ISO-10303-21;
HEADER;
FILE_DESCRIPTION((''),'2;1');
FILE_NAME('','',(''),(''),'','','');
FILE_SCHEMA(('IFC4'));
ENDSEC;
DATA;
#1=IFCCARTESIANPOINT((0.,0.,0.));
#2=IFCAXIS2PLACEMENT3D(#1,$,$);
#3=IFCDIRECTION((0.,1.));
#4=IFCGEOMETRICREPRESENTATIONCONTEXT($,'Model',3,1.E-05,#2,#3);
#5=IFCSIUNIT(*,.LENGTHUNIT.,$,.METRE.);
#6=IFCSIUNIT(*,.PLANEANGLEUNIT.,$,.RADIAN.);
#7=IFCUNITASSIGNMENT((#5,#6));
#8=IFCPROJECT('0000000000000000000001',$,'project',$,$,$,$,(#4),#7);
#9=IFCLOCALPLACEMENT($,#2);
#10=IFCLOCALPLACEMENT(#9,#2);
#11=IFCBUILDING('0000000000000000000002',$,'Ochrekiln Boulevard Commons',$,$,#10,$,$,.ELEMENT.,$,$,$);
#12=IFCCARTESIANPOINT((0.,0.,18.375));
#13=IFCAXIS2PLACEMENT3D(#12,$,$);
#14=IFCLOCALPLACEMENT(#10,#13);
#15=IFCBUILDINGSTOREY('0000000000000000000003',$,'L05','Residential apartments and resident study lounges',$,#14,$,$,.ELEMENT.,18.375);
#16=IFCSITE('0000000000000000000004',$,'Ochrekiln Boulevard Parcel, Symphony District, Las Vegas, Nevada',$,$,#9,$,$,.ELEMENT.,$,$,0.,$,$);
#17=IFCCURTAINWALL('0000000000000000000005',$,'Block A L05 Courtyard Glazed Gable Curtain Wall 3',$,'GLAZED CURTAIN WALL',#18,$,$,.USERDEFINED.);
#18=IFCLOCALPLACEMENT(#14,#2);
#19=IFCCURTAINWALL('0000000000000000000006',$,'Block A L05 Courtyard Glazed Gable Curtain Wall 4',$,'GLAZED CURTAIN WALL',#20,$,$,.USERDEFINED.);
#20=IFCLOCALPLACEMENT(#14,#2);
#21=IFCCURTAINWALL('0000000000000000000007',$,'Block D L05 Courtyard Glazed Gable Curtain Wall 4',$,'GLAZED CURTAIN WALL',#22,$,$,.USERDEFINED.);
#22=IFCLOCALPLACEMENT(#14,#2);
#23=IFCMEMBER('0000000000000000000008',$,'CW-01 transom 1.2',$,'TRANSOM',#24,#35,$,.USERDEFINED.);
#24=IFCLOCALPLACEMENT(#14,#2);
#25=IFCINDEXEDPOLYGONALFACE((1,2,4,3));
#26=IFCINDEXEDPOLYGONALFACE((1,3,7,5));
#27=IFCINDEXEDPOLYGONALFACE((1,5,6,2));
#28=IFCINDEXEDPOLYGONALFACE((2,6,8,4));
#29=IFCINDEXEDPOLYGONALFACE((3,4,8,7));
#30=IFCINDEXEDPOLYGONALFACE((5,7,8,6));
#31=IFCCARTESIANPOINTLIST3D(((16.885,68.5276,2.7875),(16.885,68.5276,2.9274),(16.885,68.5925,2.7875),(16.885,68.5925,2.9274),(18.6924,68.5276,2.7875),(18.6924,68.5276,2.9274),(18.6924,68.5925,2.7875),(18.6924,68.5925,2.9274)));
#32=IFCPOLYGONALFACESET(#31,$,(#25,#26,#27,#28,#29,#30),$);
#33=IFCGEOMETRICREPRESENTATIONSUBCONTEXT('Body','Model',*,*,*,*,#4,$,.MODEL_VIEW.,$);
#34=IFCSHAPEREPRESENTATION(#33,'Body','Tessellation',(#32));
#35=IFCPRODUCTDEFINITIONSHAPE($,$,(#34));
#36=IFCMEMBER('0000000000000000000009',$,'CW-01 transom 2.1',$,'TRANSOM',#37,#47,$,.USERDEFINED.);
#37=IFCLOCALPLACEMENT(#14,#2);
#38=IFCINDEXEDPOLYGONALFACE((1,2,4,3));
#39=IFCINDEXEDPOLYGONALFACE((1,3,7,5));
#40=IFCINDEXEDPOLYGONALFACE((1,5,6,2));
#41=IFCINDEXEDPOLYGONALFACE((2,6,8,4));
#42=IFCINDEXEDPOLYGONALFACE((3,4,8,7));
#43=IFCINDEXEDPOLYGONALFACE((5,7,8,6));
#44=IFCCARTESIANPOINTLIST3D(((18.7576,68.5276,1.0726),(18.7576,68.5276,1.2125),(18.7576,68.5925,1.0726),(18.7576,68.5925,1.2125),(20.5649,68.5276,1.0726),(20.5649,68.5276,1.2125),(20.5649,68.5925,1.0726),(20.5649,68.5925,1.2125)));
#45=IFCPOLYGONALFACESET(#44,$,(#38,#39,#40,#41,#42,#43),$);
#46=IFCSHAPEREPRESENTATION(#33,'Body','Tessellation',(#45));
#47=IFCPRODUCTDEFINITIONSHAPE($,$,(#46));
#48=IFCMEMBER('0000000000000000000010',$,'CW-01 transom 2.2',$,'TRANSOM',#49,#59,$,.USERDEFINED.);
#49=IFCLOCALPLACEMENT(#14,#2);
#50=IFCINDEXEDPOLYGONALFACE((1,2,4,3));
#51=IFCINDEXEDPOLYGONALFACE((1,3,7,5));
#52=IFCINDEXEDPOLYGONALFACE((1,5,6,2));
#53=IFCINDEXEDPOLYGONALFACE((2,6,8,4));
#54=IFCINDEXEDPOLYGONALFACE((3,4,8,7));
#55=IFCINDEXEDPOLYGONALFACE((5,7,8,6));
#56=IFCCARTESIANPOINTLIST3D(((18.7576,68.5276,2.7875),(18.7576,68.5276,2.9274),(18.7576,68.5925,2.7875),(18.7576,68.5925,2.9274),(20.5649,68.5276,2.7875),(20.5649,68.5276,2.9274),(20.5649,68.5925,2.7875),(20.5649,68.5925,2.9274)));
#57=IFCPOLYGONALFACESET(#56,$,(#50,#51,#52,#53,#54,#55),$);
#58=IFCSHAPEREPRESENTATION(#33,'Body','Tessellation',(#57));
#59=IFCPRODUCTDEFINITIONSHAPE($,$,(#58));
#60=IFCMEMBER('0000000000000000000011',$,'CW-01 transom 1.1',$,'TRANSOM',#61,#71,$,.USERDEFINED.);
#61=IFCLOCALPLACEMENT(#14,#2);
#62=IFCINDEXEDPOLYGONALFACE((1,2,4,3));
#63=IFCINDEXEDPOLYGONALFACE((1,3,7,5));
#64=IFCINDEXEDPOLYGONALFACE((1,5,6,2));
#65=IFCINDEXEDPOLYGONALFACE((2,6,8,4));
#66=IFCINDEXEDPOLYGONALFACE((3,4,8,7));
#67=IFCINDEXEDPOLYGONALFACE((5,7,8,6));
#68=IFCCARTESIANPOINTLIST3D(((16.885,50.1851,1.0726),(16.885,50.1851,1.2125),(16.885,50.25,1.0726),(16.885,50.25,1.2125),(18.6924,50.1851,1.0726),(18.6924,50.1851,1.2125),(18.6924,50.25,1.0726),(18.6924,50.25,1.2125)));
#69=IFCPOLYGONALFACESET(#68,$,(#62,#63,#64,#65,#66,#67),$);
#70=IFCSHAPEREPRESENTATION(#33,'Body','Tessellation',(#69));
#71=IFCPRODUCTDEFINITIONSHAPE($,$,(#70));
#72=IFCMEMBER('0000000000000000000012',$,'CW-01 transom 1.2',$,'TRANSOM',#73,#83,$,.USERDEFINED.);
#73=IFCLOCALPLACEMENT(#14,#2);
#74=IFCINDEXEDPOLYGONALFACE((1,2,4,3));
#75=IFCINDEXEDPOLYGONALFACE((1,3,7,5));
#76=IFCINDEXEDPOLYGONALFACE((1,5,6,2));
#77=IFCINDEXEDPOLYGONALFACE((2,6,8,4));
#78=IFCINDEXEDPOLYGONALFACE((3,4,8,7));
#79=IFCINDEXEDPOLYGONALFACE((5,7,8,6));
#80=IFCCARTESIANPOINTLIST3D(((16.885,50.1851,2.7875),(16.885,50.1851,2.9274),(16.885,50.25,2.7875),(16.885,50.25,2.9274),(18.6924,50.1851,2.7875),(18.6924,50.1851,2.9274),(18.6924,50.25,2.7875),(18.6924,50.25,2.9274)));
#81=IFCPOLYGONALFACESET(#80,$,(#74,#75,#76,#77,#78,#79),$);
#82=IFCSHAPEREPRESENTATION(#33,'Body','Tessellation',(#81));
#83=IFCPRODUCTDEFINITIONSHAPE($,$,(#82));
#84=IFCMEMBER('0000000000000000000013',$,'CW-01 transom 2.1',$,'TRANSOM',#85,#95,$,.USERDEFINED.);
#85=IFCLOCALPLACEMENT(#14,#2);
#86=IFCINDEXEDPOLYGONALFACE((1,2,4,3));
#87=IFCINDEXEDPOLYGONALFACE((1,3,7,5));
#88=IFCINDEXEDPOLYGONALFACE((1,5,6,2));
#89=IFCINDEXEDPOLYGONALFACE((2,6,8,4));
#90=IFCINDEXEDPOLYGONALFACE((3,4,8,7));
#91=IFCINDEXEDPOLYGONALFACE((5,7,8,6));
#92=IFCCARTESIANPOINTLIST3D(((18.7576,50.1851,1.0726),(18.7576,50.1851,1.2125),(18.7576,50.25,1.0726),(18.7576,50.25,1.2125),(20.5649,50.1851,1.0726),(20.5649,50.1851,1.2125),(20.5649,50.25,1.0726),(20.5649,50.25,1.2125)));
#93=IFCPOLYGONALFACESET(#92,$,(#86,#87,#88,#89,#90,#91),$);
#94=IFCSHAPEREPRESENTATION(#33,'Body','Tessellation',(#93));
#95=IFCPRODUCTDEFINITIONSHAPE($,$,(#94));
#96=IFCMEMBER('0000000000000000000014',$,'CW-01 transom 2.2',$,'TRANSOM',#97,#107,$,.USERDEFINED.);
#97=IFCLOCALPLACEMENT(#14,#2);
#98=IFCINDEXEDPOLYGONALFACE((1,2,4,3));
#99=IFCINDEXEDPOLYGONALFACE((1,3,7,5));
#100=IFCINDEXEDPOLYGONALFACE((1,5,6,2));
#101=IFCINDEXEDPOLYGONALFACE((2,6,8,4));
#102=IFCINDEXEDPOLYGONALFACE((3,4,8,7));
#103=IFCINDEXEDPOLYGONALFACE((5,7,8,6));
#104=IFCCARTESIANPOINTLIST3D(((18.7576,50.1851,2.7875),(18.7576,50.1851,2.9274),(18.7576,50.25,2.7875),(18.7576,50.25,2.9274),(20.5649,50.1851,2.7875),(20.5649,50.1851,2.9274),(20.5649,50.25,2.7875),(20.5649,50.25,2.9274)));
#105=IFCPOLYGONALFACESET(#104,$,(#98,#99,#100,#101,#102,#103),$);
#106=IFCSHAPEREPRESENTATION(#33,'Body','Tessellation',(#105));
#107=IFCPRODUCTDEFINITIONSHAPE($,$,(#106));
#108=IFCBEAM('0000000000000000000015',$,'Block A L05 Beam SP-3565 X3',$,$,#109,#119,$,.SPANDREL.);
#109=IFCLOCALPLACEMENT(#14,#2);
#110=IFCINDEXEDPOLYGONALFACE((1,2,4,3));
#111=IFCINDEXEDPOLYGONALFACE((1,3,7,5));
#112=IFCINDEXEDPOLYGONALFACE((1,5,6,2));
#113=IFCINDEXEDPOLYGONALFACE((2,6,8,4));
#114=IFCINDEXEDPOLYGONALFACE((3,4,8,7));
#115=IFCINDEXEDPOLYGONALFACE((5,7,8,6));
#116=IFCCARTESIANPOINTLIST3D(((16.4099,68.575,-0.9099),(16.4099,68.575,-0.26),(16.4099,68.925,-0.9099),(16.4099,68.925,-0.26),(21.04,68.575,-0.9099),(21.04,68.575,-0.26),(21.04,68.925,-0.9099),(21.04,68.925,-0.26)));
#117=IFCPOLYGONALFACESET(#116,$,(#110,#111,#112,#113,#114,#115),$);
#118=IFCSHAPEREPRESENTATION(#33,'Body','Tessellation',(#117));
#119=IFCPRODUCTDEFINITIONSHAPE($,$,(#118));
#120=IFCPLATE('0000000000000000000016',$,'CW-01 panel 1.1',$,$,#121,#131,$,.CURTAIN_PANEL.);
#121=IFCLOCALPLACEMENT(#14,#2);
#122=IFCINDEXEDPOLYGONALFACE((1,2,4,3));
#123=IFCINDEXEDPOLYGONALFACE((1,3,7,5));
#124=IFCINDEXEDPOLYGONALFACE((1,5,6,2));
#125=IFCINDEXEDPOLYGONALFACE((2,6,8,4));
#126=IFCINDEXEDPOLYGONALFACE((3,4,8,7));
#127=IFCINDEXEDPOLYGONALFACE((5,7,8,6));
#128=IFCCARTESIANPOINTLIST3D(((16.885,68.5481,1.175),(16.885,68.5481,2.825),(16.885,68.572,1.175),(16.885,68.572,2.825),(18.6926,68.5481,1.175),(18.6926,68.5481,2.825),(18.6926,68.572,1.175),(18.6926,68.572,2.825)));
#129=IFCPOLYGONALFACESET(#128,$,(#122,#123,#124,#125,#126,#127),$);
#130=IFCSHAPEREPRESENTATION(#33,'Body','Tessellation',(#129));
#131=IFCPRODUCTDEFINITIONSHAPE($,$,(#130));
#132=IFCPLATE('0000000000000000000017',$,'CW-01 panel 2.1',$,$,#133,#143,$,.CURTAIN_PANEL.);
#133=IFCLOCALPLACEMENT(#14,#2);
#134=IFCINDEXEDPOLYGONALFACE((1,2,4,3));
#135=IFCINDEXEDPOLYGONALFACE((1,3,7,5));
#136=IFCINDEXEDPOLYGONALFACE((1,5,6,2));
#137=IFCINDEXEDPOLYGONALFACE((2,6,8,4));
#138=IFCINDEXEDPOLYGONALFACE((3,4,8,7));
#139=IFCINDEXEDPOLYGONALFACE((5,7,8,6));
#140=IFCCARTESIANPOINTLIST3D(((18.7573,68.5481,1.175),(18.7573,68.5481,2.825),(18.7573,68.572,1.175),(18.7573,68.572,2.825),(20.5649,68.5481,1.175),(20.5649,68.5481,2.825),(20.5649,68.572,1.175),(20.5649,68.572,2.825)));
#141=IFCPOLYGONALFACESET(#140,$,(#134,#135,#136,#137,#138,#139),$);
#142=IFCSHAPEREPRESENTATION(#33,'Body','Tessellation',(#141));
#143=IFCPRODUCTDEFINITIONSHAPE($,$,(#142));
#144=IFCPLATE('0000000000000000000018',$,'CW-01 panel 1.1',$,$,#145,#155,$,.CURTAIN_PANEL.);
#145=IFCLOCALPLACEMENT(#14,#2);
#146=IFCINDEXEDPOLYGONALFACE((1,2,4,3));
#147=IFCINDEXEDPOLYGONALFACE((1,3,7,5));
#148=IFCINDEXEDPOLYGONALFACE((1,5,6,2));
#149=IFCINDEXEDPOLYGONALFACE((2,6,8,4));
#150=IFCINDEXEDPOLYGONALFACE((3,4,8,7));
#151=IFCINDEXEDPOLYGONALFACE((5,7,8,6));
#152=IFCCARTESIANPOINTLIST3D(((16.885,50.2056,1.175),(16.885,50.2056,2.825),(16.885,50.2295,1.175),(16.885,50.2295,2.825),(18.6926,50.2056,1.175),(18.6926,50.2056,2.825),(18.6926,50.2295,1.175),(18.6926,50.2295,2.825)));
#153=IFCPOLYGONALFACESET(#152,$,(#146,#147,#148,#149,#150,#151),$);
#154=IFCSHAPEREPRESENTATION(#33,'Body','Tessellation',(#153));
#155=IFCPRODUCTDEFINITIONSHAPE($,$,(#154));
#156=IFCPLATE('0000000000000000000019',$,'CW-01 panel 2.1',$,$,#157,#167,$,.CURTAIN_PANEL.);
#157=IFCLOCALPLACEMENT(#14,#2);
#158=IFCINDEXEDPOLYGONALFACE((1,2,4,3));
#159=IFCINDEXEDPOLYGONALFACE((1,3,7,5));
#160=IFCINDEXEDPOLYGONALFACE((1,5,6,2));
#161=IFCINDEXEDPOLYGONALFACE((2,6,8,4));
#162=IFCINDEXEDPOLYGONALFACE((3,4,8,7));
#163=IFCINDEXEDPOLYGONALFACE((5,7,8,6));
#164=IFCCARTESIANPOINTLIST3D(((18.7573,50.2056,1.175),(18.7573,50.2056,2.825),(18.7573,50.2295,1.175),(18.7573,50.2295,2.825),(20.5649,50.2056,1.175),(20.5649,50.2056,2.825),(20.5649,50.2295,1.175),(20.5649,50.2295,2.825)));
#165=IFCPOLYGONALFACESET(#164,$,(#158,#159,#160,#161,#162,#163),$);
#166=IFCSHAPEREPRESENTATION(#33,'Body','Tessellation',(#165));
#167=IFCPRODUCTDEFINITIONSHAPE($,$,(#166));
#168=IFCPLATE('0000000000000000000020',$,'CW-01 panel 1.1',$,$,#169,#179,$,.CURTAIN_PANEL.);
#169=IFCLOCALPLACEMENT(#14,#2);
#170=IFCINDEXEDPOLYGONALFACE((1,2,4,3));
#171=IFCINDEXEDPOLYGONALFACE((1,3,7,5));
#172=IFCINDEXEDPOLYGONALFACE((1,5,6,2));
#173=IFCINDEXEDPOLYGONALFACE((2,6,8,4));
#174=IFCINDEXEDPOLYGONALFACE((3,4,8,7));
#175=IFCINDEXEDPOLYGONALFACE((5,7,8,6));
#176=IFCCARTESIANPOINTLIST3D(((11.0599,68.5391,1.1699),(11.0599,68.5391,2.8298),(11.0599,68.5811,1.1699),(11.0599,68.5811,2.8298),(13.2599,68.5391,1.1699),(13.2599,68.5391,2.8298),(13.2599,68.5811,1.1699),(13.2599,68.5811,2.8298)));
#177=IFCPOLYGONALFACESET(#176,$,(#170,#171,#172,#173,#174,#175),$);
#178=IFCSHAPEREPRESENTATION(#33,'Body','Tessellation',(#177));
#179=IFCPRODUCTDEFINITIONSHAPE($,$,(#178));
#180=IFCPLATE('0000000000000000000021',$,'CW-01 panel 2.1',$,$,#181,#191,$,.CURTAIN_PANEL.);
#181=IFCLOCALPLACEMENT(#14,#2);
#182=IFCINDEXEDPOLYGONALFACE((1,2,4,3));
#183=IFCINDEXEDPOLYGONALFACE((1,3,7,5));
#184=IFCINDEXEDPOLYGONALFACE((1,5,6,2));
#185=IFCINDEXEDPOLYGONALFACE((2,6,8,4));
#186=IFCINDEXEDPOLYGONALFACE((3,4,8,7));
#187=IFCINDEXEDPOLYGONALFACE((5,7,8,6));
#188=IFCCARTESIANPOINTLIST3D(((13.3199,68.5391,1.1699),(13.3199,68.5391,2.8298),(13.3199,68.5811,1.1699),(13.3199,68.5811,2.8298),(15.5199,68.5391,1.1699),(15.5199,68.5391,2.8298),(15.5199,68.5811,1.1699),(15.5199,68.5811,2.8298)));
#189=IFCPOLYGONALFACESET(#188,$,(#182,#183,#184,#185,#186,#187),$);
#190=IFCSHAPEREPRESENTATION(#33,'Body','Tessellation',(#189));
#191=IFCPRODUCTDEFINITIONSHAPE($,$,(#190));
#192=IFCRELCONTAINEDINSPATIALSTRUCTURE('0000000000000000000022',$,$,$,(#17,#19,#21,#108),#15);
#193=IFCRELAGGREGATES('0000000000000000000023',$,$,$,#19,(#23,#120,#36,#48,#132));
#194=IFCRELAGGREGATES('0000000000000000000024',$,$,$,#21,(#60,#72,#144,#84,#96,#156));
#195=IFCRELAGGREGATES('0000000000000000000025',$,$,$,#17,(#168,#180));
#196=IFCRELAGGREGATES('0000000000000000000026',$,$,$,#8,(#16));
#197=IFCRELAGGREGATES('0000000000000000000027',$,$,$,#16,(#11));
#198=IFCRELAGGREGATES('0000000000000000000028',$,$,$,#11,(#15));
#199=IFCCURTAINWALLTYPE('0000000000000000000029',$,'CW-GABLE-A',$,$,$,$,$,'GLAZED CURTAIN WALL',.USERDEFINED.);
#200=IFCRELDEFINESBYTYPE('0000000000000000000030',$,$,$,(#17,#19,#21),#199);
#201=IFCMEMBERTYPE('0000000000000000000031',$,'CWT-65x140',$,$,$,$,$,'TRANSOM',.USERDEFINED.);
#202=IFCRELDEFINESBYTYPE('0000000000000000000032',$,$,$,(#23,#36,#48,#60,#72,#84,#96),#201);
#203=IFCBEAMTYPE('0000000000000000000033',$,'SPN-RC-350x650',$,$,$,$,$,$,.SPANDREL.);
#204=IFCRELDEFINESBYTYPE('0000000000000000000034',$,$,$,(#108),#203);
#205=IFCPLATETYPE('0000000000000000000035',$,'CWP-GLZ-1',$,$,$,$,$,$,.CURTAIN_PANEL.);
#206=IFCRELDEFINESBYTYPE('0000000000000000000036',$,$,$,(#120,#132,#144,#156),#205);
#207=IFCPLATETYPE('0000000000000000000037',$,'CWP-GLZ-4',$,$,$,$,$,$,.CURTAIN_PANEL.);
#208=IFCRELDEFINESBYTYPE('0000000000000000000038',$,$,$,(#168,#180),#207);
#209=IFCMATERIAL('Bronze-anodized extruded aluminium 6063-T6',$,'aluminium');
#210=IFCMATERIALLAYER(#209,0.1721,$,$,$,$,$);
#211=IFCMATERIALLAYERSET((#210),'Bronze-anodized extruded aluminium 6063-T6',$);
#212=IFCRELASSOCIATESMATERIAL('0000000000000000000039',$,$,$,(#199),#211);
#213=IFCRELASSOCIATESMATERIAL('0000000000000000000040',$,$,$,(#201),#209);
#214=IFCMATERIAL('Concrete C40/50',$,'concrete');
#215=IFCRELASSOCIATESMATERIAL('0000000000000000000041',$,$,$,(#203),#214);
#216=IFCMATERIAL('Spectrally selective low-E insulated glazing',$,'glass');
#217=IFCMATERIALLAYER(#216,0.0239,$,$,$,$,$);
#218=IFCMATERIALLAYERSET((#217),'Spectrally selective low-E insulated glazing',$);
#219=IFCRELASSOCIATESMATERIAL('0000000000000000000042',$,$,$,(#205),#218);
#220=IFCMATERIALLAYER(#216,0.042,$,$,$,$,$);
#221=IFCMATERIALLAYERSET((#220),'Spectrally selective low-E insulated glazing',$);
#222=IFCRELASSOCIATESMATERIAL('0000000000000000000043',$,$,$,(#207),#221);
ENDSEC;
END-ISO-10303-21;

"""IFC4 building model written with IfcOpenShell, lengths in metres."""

from ifc_helpers import new_model, si_unit, direction, frame, origin, origin_2d, place, context, subcontext, project, spatial, rectangle, extrude, material, layer, layer_set, material_profile, profile_set, type_object, element, aggregate, save


model = new_model("IFC4")

# Units and contexts
model_context = context("Model", 3, precision=1e-05, world=origin(), true_north=direction((0.0, 1.0)))
body_context = subcontext(model_context, "Body", "Model", "MODEL_VIEW")
ifc_project = project(units=[si_unit("LENGTHUNIT", "METRE"), si_unit("PLANEANGLEUNIT", "RADIAN")], contexts=[model_context])

# Site, building, storey
site_placement = place(None, origin())
site = spatial("IfcSite", under=ifc_project, at=site_placement, Name="Ochrekiln Boulevard Parcel, Symphony District, Las Vegas, Nevada", CompositionType="ELEMENT", RefElevation=0.0)
building_placement = place(site_placement, origin())
building = spatial("IfcBuilding", under=site, at=building_placement, Name="Ochrekiln Boulevard Commons", CompositionType="ELEMENT")
storey_placement = place(building_placement, frame((0.0, 0.0, 18.375)))
storey = spatial("IfcBuildingStorey", under=building, at=storey_placement, Name="L05", Description="Residential apartments and resident study lounges", CompositionType="ELEMENT", Elevation=18.375)

# Shared definitions
ifc_material_1 = material(Name="Concrete C40/50", Category="concrete")

# Curtain walls
ifc_material_2 = material(Name="Bronze-anodized extruded aluminium 6063-T6", Category="aluminium")
ifc_layer_1 = layer(ifc_material_2, 0.1721)
ifc_layer_set_1 = layer_set([ifc_layer_1], Name="Bronze-anodized extruded aluminium 6063-T6")
curtain_wall_type = type_object("IfcCurtainWallType", Name="CW-GABLE-A", ElementType="GLAZED CURTAIN WALL", PredefinedType="USERDEFINED", material=ifc_layer_set_1)
curtain_wall_1_placement = place(storey_placement, origin())
curtain_wall_1 = element("IfcCurtainWall", 1, at=curtain_wall_1_placement, inside=storey, type_object=curtain_wall_type, Name="Block A L05 Courtyard Glazed Gable Curtain Wall 3", ObjectType="GLAZED CURTAIN WALL", PredefinedType="USERDEFINED")
curtain_wall_2_placement = place(storey_placement, origin())
curtain_wall_2 = element("IfcCurtainWall", 2, at=curtain_wall_2_placement, inside=storey, type_object=curtain_wall_type, Name="Block A L05 Courtyard Glazed Gable Curtain Wall 4", ObjectType="GLAZED CURTAIN WALL", PredefinedType="USERDEFINED")

# Curtain wall
curtain_wall_3_placement = place(storey_placement, origin())
curtain_wall_3 = element("IfcCurtainWall", 3, at=curtain_wall_3_placement, inside=storey, type_object=curtain_wall_type, Name="Block D L05 Courtyard Glazed Gable Curtain Wall 4", ObjectType="GLAZED CURTAIN WALL", PredefinedType="USERDEFINED")

# Members
ifc_material_profile_1 = material_profile(ifc_material_2, rectangle(XDim=0.0649, YDim=0.1399, at=origin_2d()), Name="ALU-TRN-65x140")
ifc_profile_set_1 = profile_set([ifc_material_profile_1], Name="Bronze-anodized extruded aluminium 6063-T6")
member_type_1 = type_object("IfcMemberType", Name="CWT-65x140", ElementType="TRANSOM", PredefinedType="USERDEFINED", material=ifc_profile_set_1)
member_1_placement = place(storey_placement, frame((16.885, 68.5601, 2.8574), z_axis=(1.0, 0.0, 0.0), x_axis=(0.0, 1.0, 0.0)))
member_1 = element("IfcMember", 4, at=member_1_placement, type_object=member_type_1, Name="CW-01 transom 1.2", ObjectType="TRANSOM", PredefinedType="USERDEFINED", context=body_context, shape_type="SweptSolid", body=[
    extrude(rectangle(XDim=0.0649, YDim=0.1399, at=origin_2d()), origin(), (0.0, 0.0, 1.0), 1.8074),
])
member_2_placement = place(storey_placement, frame((18.7576, 68.5601, 1.1426), z_axis=(1.0, 0.0, 0.0), x_axis=(0.0, 1.0, 0.0)))
member_2 = element("IfcMember", 5, at=member_2_placement, type_object=member_type_1, Name="CW-01 transom 2.1", ObjectType="TRANSOM", PredefinedType="USERDEFINED", context=body_context, shape_type="SweptSolid", body=[
    extrude(rectangle(XDim=0.0649, YDim=0.1399, at=origin_2d()), origin(), (0.0, 0.0, 1.0), 1.8074),
])
member_3_placement = place(storey_placement, frame((18.7576, 68.5601, 2.8574), z_axis=(1.0, 0.0, 0.0), x_axis=(0.0, 1.0, 0.0)))
member_3 = element("IfcMember", 6, at=member_3_placement, type_object=member_type_1, Name="CW-01 transom 2.2", ObjectType="TRANSOM", PredefinedType="USERDEFINED", context=body_context, shape_type="SweptSolid", body=[
    extrude(rectangle(XDim=0.0649, YDim=0.1399, at=origin_2d()), origin(), (0.0, 0.0, 1.0), 1.8074),
])
member_4_placement = place(storey_placement, frame((16.885, 50.2175, 1.1426), z_axis=(1.0, 0.0, 0.0), x_axis=(0.0, 1.0, 0.0)))
member_4 = element("IfcMember", 7, at=member_4_placement, type_object=member_type_1, Name="CW-01 transom 1.1", ObjectType="TRANSOM", PredefinedType="USERDEFINED", context=body_context, shape_type="SweptSolid", body=[
    extrude(rectangle(XDim=0.0649, YDim=0.1399, at=origin_2d()), origin(), (0.0, 0.0, 1.0), 1.8074),
])
member_5_placement = place(storey_placement, frame((16.885, 50.2175, 2.8574), z_axis=(1.0, 0.0, 0.0), x_axis=(0.0, 1.0, 0.0)))
member_5 = element("IfcMember", 8, at=member_5_placement, type_object=member_type_1, Name="CW-01 transom 1.2", ObjectType="TRANSOM", PredefinedType="USERDEFINED", context=body_context, shape_type="SweptSolid", body=[
    extrude(rectangle(XDim=0.0649, YDim=0.1399, at=origin_2d()), origin(), (0.0, 0.0, 1.0), 1.8074),
])
member_6_placement = place(storey_placement, frame((18.7576, 50.2175, 1.1426), z_axis=(1.0, 0.0, 0.0), x_axis=(0.0, 1.0, 0.0)))
member_6 = element("IfcMember", 9, at=member_6_placement, type_object=member_type_1, Name="CW-01 transom 2.1", ObjectType="TRANSOM", PredefinedType="USERDEFINED", context=body_context, shape_type="SweptSolid", body=[
    extrude(rectangle(XDim=0.0649, YDim=0.1399, at=origin_2d()), origin(), (0.0, 0.0, 1.0), 1.8074),
])
member_7_placement = place(storey_placement, frame((18.7576, 50.2175, 2.8574), z_axis=(1.0, 0.0, 0.0), x_axis=(0.0, 1.0, 0.0)))
member_7 = element("IfcMember", 10, at=member_7_placement, type_object=member_type_1, Name="CW-01 transom 2.2", ObjectType="TRANSOM", PredefinedType="USERDEFINED", context=body_context, shape_type="SweptSolid", body=[
    extrude(rectangle(XDim=0.0649, YDim=0.1399, at=origin_2d()), origin(), (0.0, 0.0, 1.0), 1.8074),
])

# Beam
ifc_material_profile_2 = material_profile(ifc_material_1, rectangle(XDim=0.3501, YDim=0.6499, at=origin_2d()), Name="RC-SPN-350x650")
ifc_profile_set_2 = profile_set([ifc_material_profile_2], Name="Concrete C40/50")
beam_type = type_object("IfcBeamType", Name="SPN-RC-350x650", PredefinedType="SPANDREL", material=ifc_profile_set_2)
beam_placement = place(storey_placement, frame((16.4099, 68.75, -0.585), z_axis=(1.0, 0.0, 0.0), x_axis=(0.0, 1.0, 0.0)))
element("IfcBeam", 11, at=beam_placement, inside=storey, type_object=beam_type, Name="Block A L05 Beam SP-3565 X3", PredefinedType="SPANDREL", context=body_context, shape_type="SweptSolid", body=[
    extrude(rectangle(XDim=0.3501, YDim=0.6499, at=origin_2d()), origin(), (0.0, 0.0, 1.0), 4.6301),
])

# Plates
ifc_material_3 = material(Name="Spectrally selective low-E insulated glazing", Category="glass")
ifc_layer_2 = layer(ifc_material_3, 0.0239)
ifc_layer_set_2 = layer_set([ifc_layer_2], Name="Spectrally selective low-E insulated glazing")
plate_type_1 = type_object("IfcPlateType", Name="CWP-GLZ-1", PredefinedType="CURTAIN_PANEL", material=ifc_layer_set_2)
plate_1_placement = place(storey_placement, frame((17.7888, 68.5601, 1.175), z_axis=(0.0, 0.0, 1.0), x_axis=(1.0, 0.0, 0.0)))
plate_1 = element("IfcPlate", 12, at=plate_1_placement, type_object=plate_type_1, Name="CW-01 panel 1.1", PredefinedType="CURTAIN_PANEL", context=body_context, shape_type="SweptSolid", body=[
    extrude(rectangle(XDim=1.8076, YDim=0.0239, at=origin_2d()), origin(), (0.0, 0.0, 1.0), 1.6499),
])
plate_2_placement = place(storey_placement, frame((19.6611, 68.5601, 1.175), z_axis=(0.0, 0.0, 1.0), x_axis=(1.0, 0.0, 0.0)))
plate_2 = element("IfcPlate", 13, at=plate_2_placement, type_object=plate_type_1, Name="CW-01 panel 2.1", PredefinedType="CURTAIN_PANEL", context=body_context, shape_type="SweptSolid", body=[
    extrude(rectangle(XDim=1.8076, YDim=0.0239, at=origin_2d()), origin(), (0.0, 0.0, 1.0), 1.6499),
])
aggregate(curtain_wall_2, [member_1, plate_1, member_2, member_3, plate_2])
plate_3_placement = place(storey_placement, frame((17.7888, 50.2175, 1.175), z_axis=(0.0, 0.0, 1.0), x_axis=(1.0, 0.0, 0.0)))
plate_3 = element("IfcPlate", 14, at=plate_3_placement, type_object=plate_type_1, Name="CW-01 panel 1.1", PredefinedType="CURTAIN_PANEL", context=body_context, shape_type="SweptSolid", body=[
    extrude(rectangle(XDim=1.8076, YDim=0.0239, at=origin_2d()), origin(), (0.0, 0.0, 1.0), 1.6499),
])
plate_4_placement = place(storey_placement, frame((19.6611, 50.2175, 1.175), z_axis=(0.0, 0.0, 1.0), x_axis=(1.0, 0.0, 0.0)))
plate_4 = element("IfcPlate", 15, at=plate_4_placement, type_object=plate_type_1, Name="CW-01 panel 2.1", PredefinedType="CURTAIN_PANEL", context=body_context, shape_type="SweptSolid", body=[
    extrude(rectangle(XDim=1.8076, YDim=0.0239, at=origin_2d()), origin(), (0.0, 0.0, 1.0), 1.6499),
])
aggregate(curtain_wall_3, [member_4, member_5, plate_3, member_6, member_7, plate_4])
ifc_layer_3 = layer(ifc_material_3, 0.042)
ifc_layer_set_3 = layer_set([ifc_layer_3], Name="Spectrally selective low-E insulated glazing")
plate_type_2 = type_object("IfcPlateType", Name="CWP-GLZ-4", PredefinedType="CURTAIN_PANEL", material=ifc_layer_set_3)
plate_5_placement = place(storey_placement, frame((12.1599, 68.5601, 1.1699), z_axis=(0.0, 0.0, 1.0), x_axis=(1.0, 0.0, 0.0)))
plate_5 = element("IfcPlate", 16, at=plate_5_placement, type_object=plate_type_2, Name="CW-01 panel 1.1", PredefinedType="CURTAIN_PANEL", context=body_context, shape_type="SweptSolid", body=[
    extrude(rectangle(XDim=2.2, YDim=0.042, at=origin_2d()), origin(), (0.0, 0.0, 1.0), 1.6599),
])
plate_6_placement = place(storey_placement, frame((14.4199, 68.5601, 1.1699), z_axis=(0.0, 0.0, 1.0), x_axis=(1.0, 0.0, 0.0)))
plate_6 = element("IfcPlate", 17, at=plate_6_placement, type_object=plate_type_2, Name="CW-01 panel 2.1", PredefinedType="CURTAIN_PANEL", context=body_context, shape_type="SweptSolid", body=[
    extrude(rectangle(XDim=2.2, YDim=0.042, at=origin_2d()), origin(), (0.0, 0.0, 1.0), 1.6599),
])
aggregate(curtain_wall_1, [plate_5, plate_6])

save(model, "model.ifc")
